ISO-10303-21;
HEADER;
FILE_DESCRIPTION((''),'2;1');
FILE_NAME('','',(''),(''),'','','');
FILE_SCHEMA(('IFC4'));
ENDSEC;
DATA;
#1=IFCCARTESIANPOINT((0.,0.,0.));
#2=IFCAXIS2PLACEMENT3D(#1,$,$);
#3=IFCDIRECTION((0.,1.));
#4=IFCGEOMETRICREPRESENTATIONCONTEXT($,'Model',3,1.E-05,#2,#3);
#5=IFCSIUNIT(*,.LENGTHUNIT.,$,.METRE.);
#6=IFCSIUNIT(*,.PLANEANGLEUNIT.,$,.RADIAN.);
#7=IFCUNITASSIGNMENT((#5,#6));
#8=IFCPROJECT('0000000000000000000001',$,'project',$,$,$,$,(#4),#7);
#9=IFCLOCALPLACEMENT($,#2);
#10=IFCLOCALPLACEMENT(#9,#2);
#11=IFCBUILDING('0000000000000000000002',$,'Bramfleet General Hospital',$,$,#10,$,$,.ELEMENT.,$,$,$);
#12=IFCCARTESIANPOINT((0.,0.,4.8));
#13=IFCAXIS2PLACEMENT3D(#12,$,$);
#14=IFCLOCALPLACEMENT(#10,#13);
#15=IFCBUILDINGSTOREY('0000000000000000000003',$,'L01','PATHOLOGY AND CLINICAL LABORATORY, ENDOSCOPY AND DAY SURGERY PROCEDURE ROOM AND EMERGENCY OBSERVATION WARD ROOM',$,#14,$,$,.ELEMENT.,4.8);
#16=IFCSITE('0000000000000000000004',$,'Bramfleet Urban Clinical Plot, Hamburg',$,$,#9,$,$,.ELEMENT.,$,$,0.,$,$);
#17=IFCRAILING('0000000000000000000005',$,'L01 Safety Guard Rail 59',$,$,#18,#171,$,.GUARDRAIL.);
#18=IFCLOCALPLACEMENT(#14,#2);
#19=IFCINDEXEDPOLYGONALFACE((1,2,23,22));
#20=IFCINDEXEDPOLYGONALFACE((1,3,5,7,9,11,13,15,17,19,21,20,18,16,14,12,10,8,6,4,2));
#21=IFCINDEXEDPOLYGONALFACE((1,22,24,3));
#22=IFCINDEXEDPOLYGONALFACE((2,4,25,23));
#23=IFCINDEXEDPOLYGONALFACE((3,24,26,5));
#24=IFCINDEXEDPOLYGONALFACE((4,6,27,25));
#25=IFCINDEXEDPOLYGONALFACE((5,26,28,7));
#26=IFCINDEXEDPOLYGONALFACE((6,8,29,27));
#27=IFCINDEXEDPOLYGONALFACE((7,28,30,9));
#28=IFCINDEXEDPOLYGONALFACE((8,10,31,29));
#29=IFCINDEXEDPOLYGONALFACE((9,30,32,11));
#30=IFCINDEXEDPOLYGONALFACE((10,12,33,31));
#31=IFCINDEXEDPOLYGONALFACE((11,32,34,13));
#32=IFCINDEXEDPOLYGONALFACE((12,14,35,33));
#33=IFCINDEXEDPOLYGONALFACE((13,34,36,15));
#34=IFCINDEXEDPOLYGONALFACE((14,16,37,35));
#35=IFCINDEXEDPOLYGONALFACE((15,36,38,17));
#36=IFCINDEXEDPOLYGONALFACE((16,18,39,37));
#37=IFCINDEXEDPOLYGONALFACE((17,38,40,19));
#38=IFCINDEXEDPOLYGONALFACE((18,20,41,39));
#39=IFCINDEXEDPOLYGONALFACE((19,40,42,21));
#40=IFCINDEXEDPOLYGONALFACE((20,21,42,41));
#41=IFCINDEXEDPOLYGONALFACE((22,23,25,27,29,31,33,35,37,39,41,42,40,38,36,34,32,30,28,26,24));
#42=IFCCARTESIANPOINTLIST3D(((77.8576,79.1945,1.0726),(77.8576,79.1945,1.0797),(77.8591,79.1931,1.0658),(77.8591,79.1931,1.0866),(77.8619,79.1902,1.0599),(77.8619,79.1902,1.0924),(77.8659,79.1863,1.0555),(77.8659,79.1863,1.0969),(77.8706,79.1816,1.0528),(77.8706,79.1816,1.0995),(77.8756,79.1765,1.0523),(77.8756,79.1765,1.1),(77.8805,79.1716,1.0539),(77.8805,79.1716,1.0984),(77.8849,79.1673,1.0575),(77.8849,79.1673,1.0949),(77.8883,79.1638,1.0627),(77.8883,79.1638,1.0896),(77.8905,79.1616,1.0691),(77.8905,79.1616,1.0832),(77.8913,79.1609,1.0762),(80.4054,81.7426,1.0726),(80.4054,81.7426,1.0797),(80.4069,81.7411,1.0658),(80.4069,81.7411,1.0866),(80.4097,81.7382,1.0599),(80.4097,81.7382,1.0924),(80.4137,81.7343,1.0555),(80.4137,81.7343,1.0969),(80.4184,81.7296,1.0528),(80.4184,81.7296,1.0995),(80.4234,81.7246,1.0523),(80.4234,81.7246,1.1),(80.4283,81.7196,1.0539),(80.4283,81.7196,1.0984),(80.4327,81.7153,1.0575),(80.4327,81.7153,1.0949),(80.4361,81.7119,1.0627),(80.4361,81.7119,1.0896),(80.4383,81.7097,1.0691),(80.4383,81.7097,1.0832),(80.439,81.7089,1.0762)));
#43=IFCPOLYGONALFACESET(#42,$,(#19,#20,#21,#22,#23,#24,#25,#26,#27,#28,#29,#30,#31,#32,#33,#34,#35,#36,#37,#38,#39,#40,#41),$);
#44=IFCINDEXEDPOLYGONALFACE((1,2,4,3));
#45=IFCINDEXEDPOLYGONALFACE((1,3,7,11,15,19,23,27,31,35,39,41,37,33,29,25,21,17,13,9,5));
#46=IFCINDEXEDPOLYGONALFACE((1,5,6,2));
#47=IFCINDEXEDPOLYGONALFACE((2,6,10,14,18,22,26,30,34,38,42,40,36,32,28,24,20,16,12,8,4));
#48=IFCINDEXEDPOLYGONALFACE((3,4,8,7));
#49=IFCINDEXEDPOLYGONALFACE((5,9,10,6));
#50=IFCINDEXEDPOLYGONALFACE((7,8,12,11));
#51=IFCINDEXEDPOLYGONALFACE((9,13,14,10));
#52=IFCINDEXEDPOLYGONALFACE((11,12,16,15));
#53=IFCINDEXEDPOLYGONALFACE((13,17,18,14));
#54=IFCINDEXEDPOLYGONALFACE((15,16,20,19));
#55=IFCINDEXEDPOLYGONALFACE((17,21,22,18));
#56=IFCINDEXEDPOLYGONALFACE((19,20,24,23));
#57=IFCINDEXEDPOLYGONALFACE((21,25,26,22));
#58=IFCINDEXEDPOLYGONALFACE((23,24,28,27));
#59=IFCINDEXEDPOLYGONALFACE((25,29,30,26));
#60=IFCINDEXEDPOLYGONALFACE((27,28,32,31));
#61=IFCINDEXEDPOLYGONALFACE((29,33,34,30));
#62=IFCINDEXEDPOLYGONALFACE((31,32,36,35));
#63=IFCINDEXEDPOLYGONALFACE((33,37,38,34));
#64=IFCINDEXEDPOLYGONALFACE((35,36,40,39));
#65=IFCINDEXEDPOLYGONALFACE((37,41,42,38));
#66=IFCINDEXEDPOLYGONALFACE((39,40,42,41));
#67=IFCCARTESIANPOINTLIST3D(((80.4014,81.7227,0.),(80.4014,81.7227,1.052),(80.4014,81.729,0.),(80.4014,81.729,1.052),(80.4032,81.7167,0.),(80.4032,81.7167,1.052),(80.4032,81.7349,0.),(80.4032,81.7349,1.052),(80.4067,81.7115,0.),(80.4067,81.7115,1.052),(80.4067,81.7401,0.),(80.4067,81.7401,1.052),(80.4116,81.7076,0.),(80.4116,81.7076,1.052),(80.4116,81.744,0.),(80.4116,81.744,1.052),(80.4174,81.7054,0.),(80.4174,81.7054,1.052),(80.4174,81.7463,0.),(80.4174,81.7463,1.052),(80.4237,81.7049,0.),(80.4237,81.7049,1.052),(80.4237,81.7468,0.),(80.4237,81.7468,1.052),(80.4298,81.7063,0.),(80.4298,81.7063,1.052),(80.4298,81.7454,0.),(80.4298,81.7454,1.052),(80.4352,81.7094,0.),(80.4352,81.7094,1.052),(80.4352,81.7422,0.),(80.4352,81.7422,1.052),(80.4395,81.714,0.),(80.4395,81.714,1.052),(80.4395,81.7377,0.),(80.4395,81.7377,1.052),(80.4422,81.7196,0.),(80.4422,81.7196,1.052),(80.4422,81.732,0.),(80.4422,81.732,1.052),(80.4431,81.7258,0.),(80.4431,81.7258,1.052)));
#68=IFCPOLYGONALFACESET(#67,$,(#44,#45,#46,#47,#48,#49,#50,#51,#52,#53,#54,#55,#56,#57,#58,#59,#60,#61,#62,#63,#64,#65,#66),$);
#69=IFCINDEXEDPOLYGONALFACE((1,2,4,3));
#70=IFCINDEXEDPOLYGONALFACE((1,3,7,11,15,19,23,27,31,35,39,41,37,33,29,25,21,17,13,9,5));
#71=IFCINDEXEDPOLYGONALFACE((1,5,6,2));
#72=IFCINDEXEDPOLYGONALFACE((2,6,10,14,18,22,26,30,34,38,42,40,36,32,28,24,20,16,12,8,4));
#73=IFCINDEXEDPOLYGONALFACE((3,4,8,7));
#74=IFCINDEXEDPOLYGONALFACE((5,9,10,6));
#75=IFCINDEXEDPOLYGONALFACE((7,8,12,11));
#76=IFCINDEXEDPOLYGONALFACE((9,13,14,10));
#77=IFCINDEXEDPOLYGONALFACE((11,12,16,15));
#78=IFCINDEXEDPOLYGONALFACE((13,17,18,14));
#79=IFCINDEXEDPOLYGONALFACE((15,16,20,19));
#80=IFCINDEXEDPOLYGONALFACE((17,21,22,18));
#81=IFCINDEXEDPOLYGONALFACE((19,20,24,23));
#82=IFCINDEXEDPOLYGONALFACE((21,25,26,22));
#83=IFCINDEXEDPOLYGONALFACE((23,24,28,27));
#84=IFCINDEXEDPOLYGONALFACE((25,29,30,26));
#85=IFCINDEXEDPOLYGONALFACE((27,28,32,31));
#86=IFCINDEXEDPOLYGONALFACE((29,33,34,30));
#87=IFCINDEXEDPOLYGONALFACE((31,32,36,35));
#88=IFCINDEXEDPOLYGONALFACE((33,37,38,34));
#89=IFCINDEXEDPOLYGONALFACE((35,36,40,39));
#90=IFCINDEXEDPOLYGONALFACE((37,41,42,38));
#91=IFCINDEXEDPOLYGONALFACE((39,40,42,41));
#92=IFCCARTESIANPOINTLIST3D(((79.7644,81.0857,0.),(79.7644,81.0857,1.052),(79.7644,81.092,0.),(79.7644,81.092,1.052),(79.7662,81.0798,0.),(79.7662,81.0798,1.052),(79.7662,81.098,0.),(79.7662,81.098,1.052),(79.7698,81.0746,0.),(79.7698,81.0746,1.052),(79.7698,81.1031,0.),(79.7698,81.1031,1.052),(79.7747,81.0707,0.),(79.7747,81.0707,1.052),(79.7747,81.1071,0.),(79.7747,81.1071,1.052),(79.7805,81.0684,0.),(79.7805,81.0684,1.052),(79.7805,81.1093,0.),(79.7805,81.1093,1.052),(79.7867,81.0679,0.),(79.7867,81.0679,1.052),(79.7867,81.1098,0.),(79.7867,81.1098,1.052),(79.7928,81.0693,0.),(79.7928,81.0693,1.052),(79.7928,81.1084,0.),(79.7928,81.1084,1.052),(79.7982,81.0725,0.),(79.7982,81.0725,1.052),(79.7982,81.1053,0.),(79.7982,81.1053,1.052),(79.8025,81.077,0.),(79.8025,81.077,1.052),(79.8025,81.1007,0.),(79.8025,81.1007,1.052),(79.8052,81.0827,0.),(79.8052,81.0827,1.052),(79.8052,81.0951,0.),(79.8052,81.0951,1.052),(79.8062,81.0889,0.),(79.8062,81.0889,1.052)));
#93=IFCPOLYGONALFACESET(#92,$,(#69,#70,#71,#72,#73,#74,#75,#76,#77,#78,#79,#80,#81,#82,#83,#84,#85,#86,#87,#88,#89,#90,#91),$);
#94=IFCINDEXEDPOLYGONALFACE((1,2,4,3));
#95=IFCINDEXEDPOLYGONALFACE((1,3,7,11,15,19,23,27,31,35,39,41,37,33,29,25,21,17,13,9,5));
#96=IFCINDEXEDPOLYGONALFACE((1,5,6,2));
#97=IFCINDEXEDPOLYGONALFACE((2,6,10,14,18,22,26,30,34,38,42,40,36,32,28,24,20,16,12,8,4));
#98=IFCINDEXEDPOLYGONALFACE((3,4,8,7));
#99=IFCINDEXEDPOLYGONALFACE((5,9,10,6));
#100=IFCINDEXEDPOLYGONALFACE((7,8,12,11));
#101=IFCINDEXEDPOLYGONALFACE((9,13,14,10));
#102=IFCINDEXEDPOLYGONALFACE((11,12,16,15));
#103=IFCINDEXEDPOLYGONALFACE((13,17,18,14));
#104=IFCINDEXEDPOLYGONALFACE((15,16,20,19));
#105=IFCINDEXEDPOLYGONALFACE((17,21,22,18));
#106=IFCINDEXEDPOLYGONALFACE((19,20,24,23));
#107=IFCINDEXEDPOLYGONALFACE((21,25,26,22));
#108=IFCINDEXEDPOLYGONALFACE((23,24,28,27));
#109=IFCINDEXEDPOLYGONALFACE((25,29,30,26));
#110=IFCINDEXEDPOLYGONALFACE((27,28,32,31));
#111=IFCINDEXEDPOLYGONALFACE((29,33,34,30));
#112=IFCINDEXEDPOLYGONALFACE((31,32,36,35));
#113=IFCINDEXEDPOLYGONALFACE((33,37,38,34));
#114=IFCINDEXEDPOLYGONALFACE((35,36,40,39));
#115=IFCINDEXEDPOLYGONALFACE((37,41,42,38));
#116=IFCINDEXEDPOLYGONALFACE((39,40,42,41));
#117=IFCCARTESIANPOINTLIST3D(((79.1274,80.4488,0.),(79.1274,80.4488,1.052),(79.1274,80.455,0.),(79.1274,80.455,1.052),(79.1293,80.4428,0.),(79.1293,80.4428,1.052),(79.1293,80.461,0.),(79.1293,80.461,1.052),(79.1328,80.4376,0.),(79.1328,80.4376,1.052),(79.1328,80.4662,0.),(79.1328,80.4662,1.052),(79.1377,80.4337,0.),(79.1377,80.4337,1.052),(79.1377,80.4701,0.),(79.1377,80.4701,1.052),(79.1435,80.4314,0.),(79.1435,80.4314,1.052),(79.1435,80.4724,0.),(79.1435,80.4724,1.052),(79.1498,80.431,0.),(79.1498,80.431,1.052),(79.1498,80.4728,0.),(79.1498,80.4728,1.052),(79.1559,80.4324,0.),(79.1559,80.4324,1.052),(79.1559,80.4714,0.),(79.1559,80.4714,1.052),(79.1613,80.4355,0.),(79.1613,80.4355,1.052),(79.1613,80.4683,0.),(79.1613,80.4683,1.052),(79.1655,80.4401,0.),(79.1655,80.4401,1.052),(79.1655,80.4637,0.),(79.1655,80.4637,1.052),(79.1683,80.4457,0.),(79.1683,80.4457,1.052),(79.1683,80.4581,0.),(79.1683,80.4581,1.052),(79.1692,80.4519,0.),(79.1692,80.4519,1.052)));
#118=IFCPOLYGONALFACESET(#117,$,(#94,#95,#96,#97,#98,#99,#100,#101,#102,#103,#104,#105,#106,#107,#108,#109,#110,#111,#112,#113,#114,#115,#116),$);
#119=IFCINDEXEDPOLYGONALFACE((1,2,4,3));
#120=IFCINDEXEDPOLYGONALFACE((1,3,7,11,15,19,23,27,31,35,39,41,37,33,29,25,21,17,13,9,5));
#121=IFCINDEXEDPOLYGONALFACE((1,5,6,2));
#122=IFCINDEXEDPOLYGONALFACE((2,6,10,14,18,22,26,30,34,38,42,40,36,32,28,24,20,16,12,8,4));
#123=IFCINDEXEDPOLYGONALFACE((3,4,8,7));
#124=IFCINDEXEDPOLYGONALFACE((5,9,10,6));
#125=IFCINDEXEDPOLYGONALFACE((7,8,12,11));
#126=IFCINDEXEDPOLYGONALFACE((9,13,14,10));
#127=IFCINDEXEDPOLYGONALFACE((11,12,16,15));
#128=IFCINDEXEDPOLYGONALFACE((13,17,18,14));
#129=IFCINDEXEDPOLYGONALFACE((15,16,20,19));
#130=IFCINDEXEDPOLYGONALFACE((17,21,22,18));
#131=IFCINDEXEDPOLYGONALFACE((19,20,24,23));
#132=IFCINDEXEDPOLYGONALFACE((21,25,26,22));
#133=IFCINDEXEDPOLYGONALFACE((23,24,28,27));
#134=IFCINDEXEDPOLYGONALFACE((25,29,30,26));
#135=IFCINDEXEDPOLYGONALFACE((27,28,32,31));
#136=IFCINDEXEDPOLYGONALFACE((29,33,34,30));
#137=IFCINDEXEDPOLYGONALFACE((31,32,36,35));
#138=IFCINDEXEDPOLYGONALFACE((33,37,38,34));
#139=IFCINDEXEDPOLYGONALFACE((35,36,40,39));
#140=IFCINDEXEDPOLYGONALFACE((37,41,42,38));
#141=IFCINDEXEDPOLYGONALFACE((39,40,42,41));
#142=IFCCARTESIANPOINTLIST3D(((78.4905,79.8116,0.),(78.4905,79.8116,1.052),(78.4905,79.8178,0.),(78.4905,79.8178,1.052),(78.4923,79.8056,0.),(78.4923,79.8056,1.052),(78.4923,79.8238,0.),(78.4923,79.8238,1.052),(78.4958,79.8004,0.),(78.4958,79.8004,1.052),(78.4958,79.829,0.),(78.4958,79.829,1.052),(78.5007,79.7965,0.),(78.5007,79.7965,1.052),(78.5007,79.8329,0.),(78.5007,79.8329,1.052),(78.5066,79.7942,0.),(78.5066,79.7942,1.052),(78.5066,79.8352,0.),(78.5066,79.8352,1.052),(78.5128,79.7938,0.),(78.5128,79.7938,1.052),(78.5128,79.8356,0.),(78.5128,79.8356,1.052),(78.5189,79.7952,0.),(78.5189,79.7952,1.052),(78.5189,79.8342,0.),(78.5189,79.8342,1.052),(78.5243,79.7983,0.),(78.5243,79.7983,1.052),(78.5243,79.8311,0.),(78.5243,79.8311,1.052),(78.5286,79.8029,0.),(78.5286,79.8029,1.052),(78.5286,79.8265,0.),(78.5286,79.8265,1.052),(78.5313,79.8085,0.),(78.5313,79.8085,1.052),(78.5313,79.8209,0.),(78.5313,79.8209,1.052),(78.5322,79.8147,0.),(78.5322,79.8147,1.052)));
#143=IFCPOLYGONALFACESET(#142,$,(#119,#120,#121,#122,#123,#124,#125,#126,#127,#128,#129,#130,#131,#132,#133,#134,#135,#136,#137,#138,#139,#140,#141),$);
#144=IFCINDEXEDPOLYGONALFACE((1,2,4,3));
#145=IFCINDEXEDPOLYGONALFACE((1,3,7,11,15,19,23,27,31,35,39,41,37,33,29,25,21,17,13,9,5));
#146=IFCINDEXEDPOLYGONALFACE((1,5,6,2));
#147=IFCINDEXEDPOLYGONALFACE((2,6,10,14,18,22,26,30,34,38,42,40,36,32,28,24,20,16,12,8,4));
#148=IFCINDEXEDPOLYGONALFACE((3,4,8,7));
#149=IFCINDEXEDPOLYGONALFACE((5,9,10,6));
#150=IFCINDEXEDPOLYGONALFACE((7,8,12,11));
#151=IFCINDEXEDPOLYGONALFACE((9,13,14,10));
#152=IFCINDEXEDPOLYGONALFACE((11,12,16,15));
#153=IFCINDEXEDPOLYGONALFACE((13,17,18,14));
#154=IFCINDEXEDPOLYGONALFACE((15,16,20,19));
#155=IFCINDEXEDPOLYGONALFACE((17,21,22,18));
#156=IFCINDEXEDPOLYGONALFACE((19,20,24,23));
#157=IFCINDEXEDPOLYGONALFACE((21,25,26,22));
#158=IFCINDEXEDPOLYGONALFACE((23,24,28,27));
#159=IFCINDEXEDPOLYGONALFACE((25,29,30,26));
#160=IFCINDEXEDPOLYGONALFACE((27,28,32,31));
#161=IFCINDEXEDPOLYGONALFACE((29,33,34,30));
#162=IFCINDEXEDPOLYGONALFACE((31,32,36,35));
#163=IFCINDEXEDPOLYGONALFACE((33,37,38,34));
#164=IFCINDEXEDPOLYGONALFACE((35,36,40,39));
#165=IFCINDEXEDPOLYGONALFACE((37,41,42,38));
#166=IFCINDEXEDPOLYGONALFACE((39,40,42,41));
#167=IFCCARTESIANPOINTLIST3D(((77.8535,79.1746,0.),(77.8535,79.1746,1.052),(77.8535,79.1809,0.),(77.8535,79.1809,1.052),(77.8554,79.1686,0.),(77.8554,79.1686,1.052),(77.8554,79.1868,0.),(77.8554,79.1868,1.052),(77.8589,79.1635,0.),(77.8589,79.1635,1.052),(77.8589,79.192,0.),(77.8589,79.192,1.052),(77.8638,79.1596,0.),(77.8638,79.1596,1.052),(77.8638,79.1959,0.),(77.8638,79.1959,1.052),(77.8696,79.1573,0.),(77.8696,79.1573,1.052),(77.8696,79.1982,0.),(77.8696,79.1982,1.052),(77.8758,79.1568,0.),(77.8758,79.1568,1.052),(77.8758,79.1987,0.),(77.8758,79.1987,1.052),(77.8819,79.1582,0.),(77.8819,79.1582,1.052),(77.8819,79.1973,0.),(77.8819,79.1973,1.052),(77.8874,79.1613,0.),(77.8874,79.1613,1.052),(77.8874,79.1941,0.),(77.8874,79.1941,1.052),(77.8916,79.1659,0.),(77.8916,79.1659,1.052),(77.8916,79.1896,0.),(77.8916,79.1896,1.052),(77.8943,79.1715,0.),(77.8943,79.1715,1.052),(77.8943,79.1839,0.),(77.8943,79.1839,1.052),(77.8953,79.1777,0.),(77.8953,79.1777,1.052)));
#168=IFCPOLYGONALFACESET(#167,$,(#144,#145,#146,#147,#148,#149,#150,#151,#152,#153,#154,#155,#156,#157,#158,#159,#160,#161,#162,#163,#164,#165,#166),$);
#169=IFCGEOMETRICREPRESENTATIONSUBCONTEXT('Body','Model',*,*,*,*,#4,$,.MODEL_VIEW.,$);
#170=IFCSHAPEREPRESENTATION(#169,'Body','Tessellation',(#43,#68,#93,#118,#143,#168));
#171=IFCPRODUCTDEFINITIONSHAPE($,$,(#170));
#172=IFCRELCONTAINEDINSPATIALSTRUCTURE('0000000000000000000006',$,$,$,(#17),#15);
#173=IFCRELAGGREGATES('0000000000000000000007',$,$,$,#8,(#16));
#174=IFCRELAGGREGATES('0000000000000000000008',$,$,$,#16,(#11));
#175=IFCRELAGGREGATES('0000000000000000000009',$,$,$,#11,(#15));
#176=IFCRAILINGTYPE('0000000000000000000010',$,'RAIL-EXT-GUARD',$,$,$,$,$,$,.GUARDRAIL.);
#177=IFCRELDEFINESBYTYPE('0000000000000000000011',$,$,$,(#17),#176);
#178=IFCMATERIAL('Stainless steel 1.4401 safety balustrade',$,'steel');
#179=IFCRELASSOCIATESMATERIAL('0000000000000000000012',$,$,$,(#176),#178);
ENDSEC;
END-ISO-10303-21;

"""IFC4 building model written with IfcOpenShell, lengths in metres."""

from ifc_helpers import new_model, si_unit, direction, frame, origin, origin_2d, place, context, subcontext, project, spatial, circle, extrude, material, type_object, element, save


model = new_model("IFC4")

# Units and contexts
model_context = context("Model", 3, precision=1e-05, world=origin(), true_north=direction((0.0, 1.0)))
body_context = subcontext(model_context, "Body", "Model", "MODEL_VIEW")
ifc_project = project(units=[si_unit("LENGTHUNIT", "METRE"), si_unit("PLANEANGLEUNIT", "RADIAN")], contexts=[model_context])

# Site, building, storey
site_placement = place(None, origin())
site = spatial("IfcSite", under=ifc_project, at=site_placement, Name="Bramfleet Urban Clinical Plot, Hamburg", CompositionType="ELEMENT", RefElevation=0.0)
building_placement = place(site_placement, origin())
building = spatial("IfcBuilding", under=site, at=building_placement, Name="Bramfleet General Hospital", CompositionType="ELEMENT")
storey_placement = place(building_placement, frame((0.0, 0.0, 4.8)))
storey = spatial("IfcBuildingStorey", under=building, at=storey_placement, Name="L01", Description="PATHOLOGY AND CLINICAL LABORATORY, ENDOSCOPY AND DAY SURGERY PROCEDURE ROOM AND EMERGENCY OBSERVATION WARD ROOM", CompositionType="ELEMENT", Elevation=4.8)

# Railing
ifc_material_1 = material(Name="Stainless steel 1.4401 safety balustrade", Category="steel")
railing_type = type_object("IfcRailingType", Name="RAIL-EXT-GUARD", PredefinedType="GUARDRAIL", material=ifc_material_1)
railing_placement = place(storey_placement, frame((80.4221, 81.7258, 0.0)))
element("IfcRailing", 1, at=railing_placement, inside=storey, type_object=railing_type, Name="L01 Safety Guard Rail 59", PredefinedType="GUARDRAIL", context=body_context, shape_type="SweptSolid", body=[
    extrude(circle(Radius=0.0239, at=origin_2d()), frame((0.0, 0.0, 1.0762), z_axis=(-0.707073, -0.707141, 0.0), x_axis=(0.707141, -0.707073, 0.0)), (0.0, 0.0, 1.0), 3.6033),
    extrude(circle(Radius=0.021, at=origin_2d()), origin(), (0.0, 0.0, 1.0), 1.052),
    extrude(circle(Radius=0.021, at=origin_2d()), frame((-0.637, -0.637, 0.0)), (0.0, 0.0, 1.0), 1.052),
    extrude(circle(Radius=0.021, at=origin_2d()), frame((-1.2739, -1.2739, 0.0)), (0.0, 0.0, 1.0), 1.052),
    extrude(circle(Radius=0.021, at=origin_2d()), frame((-1.9109, -1.9111, 0.0)), (0.0, 0.0, 1.0), 1.052),
    extrude(circle(Radius=0.021, at=origin_2d()), frame((-2.5479, -2.5481, 0.0)), (0.0, 0.0, 1.0), 1.052),
])

save(model, "model.ifc")
